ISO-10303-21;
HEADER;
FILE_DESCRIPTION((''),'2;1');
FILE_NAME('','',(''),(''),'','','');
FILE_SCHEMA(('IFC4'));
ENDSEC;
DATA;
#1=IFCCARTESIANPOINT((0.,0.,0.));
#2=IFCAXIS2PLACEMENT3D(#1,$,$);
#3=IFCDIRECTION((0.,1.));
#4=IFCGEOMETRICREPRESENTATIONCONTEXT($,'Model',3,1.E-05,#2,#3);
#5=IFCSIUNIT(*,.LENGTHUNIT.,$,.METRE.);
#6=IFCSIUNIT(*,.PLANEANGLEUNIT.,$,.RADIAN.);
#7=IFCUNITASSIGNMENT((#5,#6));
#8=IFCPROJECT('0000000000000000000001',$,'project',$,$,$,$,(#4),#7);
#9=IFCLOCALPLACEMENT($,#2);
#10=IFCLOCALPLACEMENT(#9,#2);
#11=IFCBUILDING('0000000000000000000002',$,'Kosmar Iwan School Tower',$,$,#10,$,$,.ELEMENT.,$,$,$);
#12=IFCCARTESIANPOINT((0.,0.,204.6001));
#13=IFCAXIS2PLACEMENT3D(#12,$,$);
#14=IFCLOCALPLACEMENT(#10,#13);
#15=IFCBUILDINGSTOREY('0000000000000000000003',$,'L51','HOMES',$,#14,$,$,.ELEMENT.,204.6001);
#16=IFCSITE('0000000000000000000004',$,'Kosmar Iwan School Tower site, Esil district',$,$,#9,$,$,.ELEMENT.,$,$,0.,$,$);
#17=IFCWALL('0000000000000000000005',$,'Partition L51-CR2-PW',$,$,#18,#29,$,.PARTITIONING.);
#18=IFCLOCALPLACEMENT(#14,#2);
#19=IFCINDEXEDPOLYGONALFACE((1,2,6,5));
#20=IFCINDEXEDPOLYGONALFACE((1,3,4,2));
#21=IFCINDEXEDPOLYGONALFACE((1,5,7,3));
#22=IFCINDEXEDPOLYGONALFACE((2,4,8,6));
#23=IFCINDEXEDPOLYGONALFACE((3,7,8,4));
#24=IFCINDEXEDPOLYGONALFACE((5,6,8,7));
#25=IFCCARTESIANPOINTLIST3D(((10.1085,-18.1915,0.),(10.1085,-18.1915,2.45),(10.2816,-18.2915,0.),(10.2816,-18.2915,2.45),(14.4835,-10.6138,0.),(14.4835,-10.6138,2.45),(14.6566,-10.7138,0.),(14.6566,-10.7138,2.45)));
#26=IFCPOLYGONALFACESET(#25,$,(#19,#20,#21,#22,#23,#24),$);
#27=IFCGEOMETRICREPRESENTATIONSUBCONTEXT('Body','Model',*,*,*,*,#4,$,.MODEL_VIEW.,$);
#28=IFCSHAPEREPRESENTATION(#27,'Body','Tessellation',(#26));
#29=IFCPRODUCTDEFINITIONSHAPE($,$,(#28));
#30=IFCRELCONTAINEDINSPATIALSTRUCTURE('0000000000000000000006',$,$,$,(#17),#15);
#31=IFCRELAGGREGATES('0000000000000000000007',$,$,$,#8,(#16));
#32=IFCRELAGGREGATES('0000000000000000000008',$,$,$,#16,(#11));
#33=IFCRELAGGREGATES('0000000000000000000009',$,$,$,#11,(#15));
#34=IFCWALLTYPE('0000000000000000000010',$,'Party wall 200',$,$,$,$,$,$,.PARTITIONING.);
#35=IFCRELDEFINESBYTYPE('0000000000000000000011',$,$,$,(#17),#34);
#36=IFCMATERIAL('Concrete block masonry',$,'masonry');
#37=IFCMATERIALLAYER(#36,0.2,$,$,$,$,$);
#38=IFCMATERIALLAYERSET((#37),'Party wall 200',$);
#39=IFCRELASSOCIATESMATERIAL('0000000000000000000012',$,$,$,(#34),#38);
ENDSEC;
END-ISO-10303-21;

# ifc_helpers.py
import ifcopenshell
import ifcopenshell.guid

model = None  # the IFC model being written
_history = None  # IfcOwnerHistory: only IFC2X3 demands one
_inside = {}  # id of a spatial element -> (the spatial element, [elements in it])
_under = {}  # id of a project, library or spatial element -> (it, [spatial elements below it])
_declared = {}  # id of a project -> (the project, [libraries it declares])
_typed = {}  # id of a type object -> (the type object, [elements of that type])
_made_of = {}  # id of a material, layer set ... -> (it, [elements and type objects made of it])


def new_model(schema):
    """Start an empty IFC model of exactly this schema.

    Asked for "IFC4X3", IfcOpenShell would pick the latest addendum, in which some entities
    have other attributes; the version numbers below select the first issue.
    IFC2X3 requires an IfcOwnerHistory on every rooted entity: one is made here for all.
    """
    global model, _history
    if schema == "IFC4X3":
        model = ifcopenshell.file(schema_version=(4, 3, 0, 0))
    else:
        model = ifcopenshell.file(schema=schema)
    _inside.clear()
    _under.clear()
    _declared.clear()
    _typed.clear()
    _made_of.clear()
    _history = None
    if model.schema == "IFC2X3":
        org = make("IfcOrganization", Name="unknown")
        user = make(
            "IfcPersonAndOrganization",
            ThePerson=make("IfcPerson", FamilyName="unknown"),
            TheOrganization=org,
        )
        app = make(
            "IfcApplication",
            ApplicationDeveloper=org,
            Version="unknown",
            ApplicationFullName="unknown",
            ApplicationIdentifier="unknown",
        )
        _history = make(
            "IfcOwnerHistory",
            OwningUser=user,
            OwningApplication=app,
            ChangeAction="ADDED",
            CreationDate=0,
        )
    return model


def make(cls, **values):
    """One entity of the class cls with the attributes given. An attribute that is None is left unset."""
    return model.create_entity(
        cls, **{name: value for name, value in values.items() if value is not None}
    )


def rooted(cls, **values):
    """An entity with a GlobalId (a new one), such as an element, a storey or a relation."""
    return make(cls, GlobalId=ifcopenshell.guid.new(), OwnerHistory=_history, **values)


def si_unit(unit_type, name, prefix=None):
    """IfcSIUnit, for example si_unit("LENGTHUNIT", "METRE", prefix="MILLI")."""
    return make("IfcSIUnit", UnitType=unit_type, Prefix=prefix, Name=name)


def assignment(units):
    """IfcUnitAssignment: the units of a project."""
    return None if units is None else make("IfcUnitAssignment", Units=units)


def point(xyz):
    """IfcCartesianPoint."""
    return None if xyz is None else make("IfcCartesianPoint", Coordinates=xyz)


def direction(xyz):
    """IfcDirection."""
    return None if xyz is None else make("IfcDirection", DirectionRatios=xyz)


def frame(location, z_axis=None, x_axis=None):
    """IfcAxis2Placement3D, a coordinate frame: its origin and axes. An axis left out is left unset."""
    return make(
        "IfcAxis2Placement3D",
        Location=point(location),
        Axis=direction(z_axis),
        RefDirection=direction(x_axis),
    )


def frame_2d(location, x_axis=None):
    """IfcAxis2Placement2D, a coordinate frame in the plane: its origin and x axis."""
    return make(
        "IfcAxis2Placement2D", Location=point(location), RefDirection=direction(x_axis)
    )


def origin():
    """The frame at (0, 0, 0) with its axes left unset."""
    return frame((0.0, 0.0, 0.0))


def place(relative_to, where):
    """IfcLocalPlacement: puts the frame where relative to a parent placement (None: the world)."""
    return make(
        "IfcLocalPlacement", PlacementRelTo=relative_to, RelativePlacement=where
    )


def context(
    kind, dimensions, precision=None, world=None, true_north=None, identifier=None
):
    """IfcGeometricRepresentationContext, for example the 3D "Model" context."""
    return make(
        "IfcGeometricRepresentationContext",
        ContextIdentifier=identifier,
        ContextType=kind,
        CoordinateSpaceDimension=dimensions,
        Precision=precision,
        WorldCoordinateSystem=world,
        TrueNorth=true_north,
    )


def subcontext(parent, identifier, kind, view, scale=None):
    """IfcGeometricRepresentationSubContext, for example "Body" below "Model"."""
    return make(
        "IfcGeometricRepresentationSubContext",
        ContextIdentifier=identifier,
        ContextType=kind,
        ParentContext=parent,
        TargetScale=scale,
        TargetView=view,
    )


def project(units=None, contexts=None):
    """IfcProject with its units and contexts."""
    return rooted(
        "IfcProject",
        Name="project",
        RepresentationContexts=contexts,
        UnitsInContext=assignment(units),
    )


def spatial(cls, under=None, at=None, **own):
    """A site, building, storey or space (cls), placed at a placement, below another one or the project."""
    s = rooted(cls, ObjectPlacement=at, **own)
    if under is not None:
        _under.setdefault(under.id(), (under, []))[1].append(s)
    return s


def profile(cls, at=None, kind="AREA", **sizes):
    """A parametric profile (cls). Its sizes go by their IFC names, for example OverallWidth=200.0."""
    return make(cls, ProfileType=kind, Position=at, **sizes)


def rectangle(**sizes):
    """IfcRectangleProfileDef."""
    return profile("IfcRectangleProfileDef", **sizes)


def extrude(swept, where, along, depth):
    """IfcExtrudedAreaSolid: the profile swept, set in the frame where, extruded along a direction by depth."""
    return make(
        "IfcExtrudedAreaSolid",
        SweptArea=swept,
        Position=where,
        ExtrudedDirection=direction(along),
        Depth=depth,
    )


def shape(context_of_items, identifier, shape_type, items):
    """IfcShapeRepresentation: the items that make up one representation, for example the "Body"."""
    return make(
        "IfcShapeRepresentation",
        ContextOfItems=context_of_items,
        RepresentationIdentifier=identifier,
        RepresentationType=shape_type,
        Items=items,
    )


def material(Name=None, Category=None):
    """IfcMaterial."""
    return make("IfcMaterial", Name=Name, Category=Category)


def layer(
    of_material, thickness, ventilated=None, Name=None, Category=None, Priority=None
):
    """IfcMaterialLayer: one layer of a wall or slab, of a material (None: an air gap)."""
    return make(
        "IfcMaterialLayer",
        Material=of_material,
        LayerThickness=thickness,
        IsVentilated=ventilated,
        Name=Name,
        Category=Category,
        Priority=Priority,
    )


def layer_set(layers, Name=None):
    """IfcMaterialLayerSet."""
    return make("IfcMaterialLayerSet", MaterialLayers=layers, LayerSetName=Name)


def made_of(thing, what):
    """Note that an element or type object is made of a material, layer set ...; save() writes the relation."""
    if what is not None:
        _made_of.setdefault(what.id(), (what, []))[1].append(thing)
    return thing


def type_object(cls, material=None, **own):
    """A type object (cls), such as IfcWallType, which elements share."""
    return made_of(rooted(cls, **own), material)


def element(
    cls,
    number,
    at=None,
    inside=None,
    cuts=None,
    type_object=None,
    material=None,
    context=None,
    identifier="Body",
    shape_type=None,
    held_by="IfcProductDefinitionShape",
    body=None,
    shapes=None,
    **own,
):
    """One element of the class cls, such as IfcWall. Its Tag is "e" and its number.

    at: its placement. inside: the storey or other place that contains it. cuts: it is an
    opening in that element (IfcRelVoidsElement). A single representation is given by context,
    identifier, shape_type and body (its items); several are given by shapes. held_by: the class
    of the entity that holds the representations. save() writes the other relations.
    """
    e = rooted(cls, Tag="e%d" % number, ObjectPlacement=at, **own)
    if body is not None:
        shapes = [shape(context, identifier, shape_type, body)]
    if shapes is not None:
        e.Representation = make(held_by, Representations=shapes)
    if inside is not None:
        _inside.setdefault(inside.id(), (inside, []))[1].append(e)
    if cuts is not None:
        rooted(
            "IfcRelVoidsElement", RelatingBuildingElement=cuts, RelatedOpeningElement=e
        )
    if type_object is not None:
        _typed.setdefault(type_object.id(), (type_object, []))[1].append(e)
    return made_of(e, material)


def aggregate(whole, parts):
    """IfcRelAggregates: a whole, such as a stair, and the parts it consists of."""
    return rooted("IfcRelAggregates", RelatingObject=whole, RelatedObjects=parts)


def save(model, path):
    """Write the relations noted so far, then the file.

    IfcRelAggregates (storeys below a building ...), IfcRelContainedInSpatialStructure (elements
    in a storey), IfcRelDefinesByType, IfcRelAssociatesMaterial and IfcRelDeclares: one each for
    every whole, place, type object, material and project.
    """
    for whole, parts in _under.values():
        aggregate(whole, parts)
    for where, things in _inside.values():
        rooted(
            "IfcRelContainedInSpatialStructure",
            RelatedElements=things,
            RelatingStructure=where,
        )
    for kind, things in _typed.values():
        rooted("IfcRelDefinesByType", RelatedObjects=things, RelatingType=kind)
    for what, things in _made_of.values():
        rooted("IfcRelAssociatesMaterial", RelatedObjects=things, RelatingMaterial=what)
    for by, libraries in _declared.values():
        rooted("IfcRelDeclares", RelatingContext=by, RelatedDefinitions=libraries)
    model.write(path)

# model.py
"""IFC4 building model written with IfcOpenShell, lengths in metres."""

from ifc_helpers import new_model, si_unit, direction, frame, frame_2d, origin, place, context, subcontext, project, spatial, rectangle, extrude, material, layer, layer_set, type_object, element, save


model = new_model("IFC4")

# Units and contexts
model_context = context("Model", 3, precision=1e-05, world=origin(), true_north=direction((0.0, 1.0)))
body_context = subcontext(model_context, "Body", "Model", "MODEL_VIEW")
ifc_project = project(units=[si_unit("LENGTHUNIT", "METRE"), si_unit("PLANEANGLEUNIT", "RADIAN")], contexts=[model_context])

# Site, building, storey
site_placement = place(None, origin())
site = spatial("IfcSite", under=ifc_project, at=site_placement, Name="Kosmar Iwan School Tower site, Esil district", CompositionType="ELEMENT", RefElevation=0.0)
building_placement = place(site_placement, origin())
building = spatial("IfcBuilding", under=site, at=building_placement, Name="Kosmar Iwan School Tower", CompositionType="ELEMENT")
storey_placement = place(building_placement, frame((0.0, 0.0, 204.6001)))
storey = spatial("IfcBuildingStorey", under=building, at=storey_placement, Name="L51", Description="HOMES", CompositionType="ELEMENT", Elevation=204.6001)

# Wall
ifc_material_1 = material(Name="Concrete block masonry", Category="masonry")
ifc_layer_1 = layer(ifc_material_1, 0.2)
ifc_layer_set_1 = layer_set([ifc_layer_1], Name="Party wall 200")
wall_type_1 = type_object("IfcWallType", Name="Party wall 200", PredefinedType="PARTITIONING", material=ifc_layer_set_1)
wall_1_placement = place(storey_placement, frame((14.5701, -10.6638, 0.0), z_axis=(0.0, 0.0, 1.0), x_axis=(-0.500004, -0.866023, 0.0)))
element("IfcWall", 1, at=wall_1_placement, inside=storey, type_object=wall_type_1, Name="Partition L51-CR2-PW", PredefinedType="PARTITIONING", context=body_context, shape_type="SweptSolid", body=[
    extrude(rectangle(XDim=8.75, YDim=0.2, at=frame_2d((4.375, 0.0))), origin(), (0.0, 0.0, 1.0), 2.45),
])

save(model, "model.ifc")
